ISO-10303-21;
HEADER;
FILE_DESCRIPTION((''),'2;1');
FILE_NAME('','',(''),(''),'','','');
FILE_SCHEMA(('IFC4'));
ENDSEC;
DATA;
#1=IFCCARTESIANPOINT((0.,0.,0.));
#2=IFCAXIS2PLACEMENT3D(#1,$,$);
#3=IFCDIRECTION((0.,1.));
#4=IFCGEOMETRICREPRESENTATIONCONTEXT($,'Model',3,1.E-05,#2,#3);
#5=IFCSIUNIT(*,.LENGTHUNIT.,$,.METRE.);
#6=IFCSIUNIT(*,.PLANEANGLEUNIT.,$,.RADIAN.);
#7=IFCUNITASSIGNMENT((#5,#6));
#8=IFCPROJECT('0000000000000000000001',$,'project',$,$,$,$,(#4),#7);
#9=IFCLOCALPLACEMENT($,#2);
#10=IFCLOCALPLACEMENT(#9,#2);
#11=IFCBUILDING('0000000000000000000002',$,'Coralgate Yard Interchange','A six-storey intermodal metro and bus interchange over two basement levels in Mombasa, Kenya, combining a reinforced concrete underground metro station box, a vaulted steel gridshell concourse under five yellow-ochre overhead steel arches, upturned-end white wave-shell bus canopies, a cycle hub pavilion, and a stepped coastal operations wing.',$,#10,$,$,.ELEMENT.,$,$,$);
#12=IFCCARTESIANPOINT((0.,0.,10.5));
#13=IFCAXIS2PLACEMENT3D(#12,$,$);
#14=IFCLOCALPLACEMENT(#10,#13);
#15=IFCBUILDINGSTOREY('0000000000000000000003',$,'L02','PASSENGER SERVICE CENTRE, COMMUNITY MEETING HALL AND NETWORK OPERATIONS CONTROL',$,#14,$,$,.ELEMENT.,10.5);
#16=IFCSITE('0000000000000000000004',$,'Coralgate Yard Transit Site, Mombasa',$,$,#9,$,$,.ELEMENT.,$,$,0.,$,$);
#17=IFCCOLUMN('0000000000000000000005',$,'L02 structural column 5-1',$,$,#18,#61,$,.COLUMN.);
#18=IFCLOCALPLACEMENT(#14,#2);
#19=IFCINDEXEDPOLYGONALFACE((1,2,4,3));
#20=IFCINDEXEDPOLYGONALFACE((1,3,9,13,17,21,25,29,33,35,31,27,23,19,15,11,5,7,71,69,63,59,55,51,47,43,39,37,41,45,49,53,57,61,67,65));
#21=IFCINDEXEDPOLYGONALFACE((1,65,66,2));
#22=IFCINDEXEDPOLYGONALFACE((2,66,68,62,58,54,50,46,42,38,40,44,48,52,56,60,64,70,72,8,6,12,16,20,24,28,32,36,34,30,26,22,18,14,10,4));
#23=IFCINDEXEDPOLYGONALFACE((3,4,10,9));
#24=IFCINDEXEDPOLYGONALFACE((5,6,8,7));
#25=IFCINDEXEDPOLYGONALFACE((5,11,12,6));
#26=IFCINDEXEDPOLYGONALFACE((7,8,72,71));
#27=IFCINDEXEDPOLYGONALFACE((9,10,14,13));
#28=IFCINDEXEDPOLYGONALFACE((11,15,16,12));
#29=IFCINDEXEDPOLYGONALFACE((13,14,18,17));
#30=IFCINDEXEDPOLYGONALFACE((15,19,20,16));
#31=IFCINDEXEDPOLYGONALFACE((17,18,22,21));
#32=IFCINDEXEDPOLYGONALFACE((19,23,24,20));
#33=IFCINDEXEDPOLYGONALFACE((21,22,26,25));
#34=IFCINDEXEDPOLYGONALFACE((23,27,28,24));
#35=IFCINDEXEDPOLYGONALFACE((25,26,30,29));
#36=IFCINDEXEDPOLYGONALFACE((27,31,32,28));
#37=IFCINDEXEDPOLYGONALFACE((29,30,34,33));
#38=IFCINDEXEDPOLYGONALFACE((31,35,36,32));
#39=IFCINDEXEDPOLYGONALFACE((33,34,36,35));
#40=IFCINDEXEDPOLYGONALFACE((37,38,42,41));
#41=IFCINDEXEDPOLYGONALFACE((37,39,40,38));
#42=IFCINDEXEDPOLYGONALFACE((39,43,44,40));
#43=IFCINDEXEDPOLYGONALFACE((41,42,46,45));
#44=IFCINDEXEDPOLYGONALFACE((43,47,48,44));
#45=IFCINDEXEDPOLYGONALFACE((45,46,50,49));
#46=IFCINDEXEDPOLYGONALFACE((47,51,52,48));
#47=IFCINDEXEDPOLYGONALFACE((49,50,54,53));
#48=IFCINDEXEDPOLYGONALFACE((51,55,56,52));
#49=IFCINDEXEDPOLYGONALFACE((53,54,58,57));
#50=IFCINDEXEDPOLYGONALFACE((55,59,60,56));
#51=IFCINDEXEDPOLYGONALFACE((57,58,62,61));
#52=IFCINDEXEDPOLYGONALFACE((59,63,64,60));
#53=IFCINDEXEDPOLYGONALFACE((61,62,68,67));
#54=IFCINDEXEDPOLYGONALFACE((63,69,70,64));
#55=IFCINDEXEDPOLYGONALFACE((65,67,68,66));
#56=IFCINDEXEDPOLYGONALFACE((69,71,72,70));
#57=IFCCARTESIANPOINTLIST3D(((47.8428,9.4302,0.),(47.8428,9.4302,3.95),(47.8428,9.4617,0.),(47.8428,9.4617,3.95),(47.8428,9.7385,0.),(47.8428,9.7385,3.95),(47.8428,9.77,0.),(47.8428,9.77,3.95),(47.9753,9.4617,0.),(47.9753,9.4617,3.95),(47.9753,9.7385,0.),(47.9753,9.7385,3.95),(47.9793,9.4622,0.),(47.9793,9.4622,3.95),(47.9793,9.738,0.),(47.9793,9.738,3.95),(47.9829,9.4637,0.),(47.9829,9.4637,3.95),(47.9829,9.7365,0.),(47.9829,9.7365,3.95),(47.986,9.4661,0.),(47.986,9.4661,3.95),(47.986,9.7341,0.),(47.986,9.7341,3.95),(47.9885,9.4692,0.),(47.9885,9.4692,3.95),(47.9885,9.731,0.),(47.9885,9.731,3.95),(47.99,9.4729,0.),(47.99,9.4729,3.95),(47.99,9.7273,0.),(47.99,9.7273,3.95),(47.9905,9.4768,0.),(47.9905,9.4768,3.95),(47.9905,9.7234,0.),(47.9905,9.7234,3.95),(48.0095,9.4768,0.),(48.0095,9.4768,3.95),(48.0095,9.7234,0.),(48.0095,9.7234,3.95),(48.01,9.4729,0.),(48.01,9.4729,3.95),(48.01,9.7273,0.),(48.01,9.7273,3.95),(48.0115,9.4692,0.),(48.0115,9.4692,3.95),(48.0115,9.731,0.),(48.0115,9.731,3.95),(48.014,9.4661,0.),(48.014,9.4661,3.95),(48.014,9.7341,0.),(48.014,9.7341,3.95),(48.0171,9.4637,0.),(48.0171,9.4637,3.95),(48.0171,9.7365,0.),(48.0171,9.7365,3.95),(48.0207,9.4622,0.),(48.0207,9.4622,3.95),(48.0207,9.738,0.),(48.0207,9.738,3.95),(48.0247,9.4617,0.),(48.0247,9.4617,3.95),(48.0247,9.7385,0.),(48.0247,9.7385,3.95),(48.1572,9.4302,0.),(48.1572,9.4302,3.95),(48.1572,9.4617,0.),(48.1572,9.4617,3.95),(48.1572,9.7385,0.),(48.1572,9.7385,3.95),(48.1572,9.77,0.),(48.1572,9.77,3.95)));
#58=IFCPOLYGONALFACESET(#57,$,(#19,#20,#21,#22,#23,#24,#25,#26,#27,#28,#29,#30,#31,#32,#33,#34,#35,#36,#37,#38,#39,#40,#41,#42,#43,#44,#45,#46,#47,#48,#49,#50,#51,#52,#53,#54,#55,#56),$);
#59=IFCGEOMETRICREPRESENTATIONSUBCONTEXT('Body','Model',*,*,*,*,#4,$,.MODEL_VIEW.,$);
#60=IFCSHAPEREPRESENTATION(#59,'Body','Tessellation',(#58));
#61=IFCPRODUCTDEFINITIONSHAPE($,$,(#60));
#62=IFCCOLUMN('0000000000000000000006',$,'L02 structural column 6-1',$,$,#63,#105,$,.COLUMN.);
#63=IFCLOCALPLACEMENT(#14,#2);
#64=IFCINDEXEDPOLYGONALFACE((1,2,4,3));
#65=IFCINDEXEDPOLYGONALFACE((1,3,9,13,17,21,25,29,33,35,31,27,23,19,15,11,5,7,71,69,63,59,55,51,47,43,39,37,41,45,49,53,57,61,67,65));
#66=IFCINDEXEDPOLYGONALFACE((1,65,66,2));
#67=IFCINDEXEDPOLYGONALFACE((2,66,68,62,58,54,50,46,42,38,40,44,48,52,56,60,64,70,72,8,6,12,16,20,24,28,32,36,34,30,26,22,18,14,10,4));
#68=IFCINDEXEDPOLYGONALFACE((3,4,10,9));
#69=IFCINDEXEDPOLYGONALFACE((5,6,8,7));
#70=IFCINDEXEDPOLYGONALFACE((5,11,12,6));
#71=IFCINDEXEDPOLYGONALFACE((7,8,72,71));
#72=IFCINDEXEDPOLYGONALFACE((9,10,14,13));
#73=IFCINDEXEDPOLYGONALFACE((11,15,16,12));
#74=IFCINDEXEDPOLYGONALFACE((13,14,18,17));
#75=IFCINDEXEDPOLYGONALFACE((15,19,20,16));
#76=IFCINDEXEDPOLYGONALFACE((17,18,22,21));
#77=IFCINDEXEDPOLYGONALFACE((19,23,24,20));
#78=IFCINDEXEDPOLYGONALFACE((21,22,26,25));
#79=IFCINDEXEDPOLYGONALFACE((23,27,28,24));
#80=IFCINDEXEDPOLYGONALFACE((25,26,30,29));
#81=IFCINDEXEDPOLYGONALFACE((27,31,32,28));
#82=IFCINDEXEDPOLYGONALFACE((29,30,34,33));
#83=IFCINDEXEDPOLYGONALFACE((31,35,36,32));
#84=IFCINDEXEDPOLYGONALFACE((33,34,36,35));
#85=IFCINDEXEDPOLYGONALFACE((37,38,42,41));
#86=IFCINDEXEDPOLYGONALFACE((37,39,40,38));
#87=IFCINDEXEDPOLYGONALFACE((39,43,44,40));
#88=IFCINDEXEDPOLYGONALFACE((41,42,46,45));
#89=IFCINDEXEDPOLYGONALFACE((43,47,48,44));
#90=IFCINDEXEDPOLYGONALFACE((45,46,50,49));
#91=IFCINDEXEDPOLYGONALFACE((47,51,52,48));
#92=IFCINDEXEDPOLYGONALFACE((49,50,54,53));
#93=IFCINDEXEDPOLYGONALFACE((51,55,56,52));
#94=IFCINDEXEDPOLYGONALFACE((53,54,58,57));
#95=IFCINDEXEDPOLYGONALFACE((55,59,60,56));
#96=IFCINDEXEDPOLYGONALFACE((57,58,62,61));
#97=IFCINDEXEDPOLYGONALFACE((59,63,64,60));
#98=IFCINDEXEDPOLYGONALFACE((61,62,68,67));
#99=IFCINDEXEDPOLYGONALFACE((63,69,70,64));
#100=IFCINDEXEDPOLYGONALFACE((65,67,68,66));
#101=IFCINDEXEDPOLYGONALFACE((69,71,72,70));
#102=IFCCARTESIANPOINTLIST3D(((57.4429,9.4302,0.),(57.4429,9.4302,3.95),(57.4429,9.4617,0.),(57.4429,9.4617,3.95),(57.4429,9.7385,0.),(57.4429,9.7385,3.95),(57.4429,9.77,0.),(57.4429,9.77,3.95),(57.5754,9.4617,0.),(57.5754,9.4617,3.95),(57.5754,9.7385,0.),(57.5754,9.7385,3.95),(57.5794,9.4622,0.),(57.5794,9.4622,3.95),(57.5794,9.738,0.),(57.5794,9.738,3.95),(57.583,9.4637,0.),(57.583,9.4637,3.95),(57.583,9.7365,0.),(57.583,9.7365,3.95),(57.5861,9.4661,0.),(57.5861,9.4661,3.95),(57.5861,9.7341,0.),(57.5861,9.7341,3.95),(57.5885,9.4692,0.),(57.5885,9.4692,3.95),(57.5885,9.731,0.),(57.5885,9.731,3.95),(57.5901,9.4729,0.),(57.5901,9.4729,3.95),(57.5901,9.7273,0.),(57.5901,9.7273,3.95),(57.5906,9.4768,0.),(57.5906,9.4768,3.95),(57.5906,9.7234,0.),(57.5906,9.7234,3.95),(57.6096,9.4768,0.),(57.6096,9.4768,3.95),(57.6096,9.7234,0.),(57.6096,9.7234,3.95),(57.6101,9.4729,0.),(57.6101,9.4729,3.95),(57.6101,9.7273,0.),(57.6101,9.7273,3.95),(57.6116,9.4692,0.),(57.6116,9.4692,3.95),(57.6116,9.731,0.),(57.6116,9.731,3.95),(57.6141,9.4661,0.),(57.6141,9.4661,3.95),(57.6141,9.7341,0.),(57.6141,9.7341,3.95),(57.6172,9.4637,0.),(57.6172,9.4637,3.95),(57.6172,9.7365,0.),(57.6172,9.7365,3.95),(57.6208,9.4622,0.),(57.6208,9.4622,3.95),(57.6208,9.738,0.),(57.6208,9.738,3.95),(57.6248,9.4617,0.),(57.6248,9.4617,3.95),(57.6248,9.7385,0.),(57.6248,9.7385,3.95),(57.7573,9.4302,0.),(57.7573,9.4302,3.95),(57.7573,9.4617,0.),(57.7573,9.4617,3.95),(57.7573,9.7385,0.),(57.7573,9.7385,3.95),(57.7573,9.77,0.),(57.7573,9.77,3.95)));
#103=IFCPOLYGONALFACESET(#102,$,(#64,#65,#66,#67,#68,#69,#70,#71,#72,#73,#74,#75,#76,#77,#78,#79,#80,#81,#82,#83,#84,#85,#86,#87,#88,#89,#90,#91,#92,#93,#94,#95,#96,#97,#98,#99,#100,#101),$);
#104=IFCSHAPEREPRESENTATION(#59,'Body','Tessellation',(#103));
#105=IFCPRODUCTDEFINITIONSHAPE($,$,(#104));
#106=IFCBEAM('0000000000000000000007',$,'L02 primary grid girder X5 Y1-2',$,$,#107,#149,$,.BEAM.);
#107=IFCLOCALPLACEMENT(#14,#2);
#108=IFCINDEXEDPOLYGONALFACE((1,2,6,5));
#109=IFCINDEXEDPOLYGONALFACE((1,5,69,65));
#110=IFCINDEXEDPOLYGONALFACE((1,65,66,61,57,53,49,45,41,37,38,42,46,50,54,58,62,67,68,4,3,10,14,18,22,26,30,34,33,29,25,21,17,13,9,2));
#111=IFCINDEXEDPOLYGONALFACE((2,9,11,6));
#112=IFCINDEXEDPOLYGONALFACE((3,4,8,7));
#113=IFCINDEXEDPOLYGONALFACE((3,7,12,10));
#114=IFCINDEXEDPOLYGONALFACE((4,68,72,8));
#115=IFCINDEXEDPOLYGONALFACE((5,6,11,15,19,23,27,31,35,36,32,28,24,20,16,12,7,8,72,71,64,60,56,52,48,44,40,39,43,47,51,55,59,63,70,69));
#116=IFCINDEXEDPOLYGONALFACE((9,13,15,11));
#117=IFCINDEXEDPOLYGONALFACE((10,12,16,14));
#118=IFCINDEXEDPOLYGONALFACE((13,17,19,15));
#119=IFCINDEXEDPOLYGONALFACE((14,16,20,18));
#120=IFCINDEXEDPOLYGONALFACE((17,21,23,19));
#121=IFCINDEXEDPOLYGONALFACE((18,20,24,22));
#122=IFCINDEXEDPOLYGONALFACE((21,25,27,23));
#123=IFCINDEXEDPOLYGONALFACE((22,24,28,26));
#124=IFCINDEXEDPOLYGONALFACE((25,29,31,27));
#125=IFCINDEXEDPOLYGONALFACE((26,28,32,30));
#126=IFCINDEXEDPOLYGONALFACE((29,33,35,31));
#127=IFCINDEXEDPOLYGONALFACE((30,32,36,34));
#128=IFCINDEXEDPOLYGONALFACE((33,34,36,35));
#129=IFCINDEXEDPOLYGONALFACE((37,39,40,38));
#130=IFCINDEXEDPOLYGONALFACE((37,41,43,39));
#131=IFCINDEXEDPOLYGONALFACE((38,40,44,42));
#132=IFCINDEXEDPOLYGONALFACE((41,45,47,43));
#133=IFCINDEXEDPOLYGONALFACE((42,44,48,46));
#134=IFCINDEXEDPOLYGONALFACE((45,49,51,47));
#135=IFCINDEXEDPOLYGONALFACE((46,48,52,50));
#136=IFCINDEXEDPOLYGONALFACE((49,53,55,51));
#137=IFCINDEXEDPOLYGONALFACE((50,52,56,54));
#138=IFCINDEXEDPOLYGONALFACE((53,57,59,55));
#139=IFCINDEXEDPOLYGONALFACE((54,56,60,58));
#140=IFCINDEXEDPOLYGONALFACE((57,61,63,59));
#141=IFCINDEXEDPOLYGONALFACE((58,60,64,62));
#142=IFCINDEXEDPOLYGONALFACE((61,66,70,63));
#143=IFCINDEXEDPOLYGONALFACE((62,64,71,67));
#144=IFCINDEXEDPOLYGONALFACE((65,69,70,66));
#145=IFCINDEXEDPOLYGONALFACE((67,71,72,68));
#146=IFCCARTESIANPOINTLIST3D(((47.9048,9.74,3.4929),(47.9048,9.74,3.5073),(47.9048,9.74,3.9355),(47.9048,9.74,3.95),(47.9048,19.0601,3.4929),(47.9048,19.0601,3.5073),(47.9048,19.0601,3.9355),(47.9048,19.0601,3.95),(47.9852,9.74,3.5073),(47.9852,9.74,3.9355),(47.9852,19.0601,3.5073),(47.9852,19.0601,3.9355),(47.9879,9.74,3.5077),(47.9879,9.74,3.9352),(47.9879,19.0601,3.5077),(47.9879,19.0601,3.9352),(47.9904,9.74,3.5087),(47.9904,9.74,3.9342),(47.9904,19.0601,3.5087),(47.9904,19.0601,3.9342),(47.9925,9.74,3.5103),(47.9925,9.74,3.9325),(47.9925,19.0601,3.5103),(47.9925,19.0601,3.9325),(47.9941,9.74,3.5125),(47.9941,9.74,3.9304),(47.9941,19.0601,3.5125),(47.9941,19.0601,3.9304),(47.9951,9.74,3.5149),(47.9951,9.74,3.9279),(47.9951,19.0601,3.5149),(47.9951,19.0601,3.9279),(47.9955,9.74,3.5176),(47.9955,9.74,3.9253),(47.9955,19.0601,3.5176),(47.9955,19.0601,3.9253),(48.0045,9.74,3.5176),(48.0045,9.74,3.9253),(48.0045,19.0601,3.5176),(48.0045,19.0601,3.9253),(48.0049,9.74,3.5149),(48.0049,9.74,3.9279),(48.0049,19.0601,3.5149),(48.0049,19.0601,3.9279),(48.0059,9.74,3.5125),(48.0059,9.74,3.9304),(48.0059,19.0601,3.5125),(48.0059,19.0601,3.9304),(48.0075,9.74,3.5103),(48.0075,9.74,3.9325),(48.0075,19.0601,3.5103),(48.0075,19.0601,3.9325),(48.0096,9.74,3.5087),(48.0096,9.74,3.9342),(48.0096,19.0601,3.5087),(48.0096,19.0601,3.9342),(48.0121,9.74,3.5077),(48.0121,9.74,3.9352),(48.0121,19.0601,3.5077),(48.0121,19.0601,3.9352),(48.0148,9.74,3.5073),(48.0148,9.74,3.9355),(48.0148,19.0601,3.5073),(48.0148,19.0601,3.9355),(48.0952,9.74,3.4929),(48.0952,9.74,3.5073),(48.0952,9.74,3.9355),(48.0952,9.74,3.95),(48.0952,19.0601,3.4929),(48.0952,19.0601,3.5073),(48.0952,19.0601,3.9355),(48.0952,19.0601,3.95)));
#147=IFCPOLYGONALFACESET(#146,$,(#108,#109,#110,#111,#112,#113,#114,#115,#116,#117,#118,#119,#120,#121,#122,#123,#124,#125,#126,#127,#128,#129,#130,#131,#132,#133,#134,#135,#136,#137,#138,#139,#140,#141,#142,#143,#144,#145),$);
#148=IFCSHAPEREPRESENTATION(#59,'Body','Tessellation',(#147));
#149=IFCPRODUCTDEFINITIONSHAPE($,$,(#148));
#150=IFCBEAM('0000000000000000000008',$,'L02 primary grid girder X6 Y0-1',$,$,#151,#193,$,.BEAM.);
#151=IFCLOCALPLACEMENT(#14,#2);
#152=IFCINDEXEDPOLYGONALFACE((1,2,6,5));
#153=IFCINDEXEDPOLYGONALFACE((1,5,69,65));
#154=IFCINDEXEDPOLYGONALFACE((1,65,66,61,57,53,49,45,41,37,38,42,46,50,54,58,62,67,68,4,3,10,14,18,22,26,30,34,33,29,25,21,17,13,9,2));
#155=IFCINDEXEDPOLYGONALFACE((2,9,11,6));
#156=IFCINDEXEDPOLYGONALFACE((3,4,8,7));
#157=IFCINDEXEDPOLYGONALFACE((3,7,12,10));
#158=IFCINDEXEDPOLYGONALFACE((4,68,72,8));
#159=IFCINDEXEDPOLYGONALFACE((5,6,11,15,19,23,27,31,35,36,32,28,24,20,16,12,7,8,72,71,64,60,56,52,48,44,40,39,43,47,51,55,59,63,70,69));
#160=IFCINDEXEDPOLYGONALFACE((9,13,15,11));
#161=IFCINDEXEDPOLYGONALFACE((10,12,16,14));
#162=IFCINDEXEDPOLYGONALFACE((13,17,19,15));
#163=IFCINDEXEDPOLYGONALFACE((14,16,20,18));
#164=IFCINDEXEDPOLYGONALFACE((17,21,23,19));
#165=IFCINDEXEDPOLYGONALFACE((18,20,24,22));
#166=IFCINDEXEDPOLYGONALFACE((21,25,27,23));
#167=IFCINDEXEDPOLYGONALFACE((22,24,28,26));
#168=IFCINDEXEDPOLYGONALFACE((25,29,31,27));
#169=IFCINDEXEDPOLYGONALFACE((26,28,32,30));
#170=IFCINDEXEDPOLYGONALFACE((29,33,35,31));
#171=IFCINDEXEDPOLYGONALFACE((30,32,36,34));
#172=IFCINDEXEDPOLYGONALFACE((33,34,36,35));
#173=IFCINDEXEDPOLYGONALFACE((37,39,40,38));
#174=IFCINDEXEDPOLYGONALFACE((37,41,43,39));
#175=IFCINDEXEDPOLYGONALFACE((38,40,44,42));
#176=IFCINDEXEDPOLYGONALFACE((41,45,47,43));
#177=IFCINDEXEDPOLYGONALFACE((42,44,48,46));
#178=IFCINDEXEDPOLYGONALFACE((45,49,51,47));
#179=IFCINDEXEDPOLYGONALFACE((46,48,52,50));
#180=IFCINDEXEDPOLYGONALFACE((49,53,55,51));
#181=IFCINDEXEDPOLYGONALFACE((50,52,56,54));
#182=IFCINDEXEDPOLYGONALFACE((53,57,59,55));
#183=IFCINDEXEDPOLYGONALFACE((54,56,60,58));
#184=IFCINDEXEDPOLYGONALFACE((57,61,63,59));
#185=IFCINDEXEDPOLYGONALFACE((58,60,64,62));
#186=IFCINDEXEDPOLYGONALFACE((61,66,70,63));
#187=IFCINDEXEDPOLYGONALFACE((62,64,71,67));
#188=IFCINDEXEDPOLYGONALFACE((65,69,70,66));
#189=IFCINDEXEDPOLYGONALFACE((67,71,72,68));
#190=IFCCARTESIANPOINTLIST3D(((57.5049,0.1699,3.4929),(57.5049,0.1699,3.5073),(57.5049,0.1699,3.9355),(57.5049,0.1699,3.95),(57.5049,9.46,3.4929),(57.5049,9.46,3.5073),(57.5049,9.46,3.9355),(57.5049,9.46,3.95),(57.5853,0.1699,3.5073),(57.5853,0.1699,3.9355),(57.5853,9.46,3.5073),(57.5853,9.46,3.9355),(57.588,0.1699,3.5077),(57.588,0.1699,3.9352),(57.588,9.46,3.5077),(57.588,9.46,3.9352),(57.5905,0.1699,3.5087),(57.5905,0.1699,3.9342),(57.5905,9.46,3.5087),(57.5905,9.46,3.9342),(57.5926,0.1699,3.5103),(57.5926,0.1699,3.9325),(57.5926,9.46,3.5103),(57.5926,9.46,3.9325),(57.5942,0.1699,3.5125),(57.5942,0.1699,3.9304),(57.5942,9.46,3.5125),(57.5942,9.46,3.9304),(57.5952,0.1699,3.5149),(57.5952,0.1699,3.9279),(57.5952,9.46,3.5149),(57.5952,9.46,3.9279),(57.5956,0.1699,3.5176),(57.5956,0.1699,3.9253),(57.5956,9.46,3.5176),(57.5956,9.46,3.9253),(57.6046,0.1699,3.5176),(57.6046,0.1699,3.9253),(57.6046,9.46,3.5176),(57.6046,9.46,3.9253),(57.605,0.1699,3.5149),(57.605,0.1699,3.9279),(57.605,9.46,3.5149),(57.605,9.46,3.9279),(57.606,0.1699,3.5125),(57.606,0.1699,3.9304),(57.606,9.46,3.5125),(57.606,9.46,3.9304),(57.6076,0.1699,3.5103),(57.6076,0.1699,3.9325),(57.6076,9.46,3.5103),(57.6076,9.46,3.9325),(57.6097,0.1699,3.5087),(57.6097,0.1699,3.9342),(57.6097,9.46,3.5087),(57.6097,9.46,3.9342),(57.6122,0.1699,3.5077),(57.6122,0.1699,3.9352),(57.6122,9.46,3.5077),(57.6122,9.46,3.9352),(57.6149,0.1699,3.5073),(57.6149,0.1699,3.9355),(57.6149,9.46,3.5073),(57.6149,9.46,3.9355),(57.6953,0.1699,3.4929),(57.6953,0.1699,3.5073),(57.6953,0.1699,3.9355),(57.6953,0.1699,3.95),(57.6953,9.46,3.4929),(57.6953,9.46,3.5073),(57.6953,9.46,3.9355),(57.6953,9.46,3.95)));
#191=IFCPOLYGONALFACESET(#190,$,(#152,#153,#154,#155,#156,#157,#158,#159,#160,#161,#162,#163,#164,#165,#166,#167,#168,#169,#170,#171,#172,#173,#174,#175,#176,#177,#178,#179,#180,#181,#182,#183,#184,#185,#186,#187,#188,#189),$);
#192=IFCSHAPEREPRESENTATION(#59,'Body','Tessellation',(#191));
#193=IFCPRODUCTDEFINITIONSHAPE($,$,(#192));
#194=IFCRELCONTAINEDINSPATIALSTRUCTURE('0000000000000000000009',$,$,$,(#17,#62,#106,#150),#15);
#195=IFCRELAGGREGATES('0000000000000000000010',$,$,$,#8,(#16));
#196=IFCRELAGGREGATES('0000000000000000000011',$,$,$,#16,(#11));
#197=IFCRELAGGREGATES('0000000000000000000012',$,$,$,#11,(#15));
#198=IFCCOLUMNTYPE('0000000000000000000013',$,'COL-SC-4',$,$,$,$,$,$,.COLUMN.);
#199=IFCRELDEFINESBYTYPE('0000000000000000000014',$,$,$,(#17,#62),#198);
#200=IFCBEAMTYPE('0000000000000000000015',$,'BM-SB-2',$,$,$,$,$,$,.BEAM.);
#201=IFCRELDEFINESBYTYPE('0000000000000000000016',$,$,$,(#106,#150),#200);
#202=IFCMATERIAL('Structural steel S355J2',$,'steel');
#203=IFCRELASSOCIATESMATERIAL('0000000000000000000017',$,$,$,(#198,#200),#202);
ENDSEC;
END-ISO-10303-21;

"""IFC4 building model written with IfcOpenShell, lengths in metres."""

from ifc_helpers import new_model, si_unit, direction, frame, origin, origin_2d, place, context, subcontext, project, spatial, i_section, extrude, material, material_profile, profile_set, type_object, element, save


model = new_model("IFC4")

# Units and contexts
model_context = context("Model", 3, precision=1e-05, world=origin(), true_north=direction((0.0, 1.0)))
body_context = subcontext(model_context, "Body", "Model", "MODEL_VIEW")
ifc_project = project(units=[si_unit("LENGTHUNIT", "METRE"), si_unit("PLANEANGLEUNIT", "RADIAN")], contexts=[model_context])

# Site, building, storey
site_placement = place(None, origin())
site = spatial("IfcSite", under=ifc_project, at=site_placement, Name="Coralgate Yard Transit Site, Mombasa", CompositionType="ELEMENT", RefElevation=0.0)
building_placement = place(site_placement, origin())
building = spatial("IfcBuilding", under=site, at=building_placement, Name="Coralgate Yard Interchange", Description="A six-storey intermodal metro and bus interchange over two basement levels in Mombasa, Kenya, combining a reinforced concrete underground metro station box, a vaulted steel gridshell concourse under five yellow-ochre overhead steel arches, upturned-end white wave-shell bus canopies, a cycle hub pavilion, and a stepped coastal operations wing.", CompositionType="ELEMENT")
storey_placement = place(building_placement, frame((0.0, 0.0, 10.5)))
storey = spatial("IfcBuildingStorey", under=building, at=storey_placement, Name="L02", Description="PASSENGER SERVICE CENTRE, COMMUNITY MEETING HALL AND NETWORK OPERATIONS CONTROL", CompositionType="ELEMENT", Elevation=10.5)

# Columns
ifc_material_1 = material(Name="Structural steel S355J2", Category="steel")
ifc_material_profile_1 = material_profile(ifc_material_1, i_section(OverallWidth=0.3145, OverallDepth=0.3398, WebThickness=0.019, FlangeThickness=0.0315, FilletRadius=0.0151, at=origin_2d()), Name="UC 305x305x198")
ifc_profile_set_1 = profile_set([ifc_material_profile_1], Name="Structural steel S355J2")
column_type = type_object("IfcColumnType", Name="COL-SC-4", PredefinedType="COLUMN", material=ifc_profile_set_1)
for number, where, z_axis, x_axis, name in (
    (1, (48.0, 9.6001, 0.0), (0.0, 0.0, 1.0), (1.0, 0.0, 0.0), "L02 structural column 5-1"),
    (2, (57.6001, 9.6001, 0.0), (0.0, 0.0, 1.0), (1.0, 0.0, 0.0), "L02 structural column 6-1"),
):
    element("IfcColumn", number, at=place(storey_placement, frame(where, z_axis=z_axis, x_axis=x_axis)), inside=storey, type_object=column_type, Name=name, PredefinedType="COLUMN", context=body_context, shape_type="SweptSolid", body=[
        extrude(i_section(OverallWidth=0.3145, OverallDepth=0.3398, WebThickness=0.019, FlangeThickness=0.0315, FilletRadius=0.0151, at=origin_2d()), origin(), (0.0, 0.0, 1.0), 3.95),
    ])

# Beams
ifc_material_profile_2 = material_profile(ifc_material_1, i_section(OverallWidth=0.1904, OverallDepth=0.457, WebThickness=0.009, FlangeThickness=0.0144, FilletRadius=0.0103, at=origin_2d()), Name="UB 457x191x74")
ifc_profile_set_2 = profile_set([ifc_material_profile_2], Name="Structural steel S355J2")
beam_type_1 = type_object("IfcBeamType", Name="BM-SB-2", PredefinedType="BEAM", material=ifc_profile_set_2)
beam_1_placement = place(storey_placement, frame((48.0, 9.74, 3.7214), z_axis=(0.0, 1.0, 0.0), x_axis=(-1.0, 0.0, 0.0)))
element("IfcBeam", 3, at=beam_1_placement, inside=storey, type_object=beam_type_1, Name="L02 primary grid girder X5 Y1-2", PredefinedType="BEAM", context=body_context, shape_type="SweptSolid", body=[
    extrude(i_section(OverallWidth=0.1904, OverallDepth=0.457, WebThickness=0.009, FlangeThickness=0.0144, FilletRadius=0.0103, at=origin_2d()), origin(), (0.0, 0.0, 1.0), 9.3201),
])
beam_2_placement = place(storey_placement, frame((57.6001, 0.1699, 3.7214), z_axis=(0.0, 1.0, 0.0), x_axis=(-1.0, 0.0, 0.0)))
element("IfcBeam", 4, at=beam_2_placement, inside=storey, type_object=beam_type_1, Name="L02 primary grid girder X6 Y0-1", PredefinedType="BEAM", context=body_context, shape_type="SweptSolid", body=[
    extrude(i_section(OverallWidth=0.1904, OverallDepth=0.457, WebThickness=0.009, FlangeThickness=0.0144, FilletRadius=0.0103, at=origin_2d()), origin(), (0.0, 0.0, 1.0), 9.29),
])

save(model, "model.ifc")
